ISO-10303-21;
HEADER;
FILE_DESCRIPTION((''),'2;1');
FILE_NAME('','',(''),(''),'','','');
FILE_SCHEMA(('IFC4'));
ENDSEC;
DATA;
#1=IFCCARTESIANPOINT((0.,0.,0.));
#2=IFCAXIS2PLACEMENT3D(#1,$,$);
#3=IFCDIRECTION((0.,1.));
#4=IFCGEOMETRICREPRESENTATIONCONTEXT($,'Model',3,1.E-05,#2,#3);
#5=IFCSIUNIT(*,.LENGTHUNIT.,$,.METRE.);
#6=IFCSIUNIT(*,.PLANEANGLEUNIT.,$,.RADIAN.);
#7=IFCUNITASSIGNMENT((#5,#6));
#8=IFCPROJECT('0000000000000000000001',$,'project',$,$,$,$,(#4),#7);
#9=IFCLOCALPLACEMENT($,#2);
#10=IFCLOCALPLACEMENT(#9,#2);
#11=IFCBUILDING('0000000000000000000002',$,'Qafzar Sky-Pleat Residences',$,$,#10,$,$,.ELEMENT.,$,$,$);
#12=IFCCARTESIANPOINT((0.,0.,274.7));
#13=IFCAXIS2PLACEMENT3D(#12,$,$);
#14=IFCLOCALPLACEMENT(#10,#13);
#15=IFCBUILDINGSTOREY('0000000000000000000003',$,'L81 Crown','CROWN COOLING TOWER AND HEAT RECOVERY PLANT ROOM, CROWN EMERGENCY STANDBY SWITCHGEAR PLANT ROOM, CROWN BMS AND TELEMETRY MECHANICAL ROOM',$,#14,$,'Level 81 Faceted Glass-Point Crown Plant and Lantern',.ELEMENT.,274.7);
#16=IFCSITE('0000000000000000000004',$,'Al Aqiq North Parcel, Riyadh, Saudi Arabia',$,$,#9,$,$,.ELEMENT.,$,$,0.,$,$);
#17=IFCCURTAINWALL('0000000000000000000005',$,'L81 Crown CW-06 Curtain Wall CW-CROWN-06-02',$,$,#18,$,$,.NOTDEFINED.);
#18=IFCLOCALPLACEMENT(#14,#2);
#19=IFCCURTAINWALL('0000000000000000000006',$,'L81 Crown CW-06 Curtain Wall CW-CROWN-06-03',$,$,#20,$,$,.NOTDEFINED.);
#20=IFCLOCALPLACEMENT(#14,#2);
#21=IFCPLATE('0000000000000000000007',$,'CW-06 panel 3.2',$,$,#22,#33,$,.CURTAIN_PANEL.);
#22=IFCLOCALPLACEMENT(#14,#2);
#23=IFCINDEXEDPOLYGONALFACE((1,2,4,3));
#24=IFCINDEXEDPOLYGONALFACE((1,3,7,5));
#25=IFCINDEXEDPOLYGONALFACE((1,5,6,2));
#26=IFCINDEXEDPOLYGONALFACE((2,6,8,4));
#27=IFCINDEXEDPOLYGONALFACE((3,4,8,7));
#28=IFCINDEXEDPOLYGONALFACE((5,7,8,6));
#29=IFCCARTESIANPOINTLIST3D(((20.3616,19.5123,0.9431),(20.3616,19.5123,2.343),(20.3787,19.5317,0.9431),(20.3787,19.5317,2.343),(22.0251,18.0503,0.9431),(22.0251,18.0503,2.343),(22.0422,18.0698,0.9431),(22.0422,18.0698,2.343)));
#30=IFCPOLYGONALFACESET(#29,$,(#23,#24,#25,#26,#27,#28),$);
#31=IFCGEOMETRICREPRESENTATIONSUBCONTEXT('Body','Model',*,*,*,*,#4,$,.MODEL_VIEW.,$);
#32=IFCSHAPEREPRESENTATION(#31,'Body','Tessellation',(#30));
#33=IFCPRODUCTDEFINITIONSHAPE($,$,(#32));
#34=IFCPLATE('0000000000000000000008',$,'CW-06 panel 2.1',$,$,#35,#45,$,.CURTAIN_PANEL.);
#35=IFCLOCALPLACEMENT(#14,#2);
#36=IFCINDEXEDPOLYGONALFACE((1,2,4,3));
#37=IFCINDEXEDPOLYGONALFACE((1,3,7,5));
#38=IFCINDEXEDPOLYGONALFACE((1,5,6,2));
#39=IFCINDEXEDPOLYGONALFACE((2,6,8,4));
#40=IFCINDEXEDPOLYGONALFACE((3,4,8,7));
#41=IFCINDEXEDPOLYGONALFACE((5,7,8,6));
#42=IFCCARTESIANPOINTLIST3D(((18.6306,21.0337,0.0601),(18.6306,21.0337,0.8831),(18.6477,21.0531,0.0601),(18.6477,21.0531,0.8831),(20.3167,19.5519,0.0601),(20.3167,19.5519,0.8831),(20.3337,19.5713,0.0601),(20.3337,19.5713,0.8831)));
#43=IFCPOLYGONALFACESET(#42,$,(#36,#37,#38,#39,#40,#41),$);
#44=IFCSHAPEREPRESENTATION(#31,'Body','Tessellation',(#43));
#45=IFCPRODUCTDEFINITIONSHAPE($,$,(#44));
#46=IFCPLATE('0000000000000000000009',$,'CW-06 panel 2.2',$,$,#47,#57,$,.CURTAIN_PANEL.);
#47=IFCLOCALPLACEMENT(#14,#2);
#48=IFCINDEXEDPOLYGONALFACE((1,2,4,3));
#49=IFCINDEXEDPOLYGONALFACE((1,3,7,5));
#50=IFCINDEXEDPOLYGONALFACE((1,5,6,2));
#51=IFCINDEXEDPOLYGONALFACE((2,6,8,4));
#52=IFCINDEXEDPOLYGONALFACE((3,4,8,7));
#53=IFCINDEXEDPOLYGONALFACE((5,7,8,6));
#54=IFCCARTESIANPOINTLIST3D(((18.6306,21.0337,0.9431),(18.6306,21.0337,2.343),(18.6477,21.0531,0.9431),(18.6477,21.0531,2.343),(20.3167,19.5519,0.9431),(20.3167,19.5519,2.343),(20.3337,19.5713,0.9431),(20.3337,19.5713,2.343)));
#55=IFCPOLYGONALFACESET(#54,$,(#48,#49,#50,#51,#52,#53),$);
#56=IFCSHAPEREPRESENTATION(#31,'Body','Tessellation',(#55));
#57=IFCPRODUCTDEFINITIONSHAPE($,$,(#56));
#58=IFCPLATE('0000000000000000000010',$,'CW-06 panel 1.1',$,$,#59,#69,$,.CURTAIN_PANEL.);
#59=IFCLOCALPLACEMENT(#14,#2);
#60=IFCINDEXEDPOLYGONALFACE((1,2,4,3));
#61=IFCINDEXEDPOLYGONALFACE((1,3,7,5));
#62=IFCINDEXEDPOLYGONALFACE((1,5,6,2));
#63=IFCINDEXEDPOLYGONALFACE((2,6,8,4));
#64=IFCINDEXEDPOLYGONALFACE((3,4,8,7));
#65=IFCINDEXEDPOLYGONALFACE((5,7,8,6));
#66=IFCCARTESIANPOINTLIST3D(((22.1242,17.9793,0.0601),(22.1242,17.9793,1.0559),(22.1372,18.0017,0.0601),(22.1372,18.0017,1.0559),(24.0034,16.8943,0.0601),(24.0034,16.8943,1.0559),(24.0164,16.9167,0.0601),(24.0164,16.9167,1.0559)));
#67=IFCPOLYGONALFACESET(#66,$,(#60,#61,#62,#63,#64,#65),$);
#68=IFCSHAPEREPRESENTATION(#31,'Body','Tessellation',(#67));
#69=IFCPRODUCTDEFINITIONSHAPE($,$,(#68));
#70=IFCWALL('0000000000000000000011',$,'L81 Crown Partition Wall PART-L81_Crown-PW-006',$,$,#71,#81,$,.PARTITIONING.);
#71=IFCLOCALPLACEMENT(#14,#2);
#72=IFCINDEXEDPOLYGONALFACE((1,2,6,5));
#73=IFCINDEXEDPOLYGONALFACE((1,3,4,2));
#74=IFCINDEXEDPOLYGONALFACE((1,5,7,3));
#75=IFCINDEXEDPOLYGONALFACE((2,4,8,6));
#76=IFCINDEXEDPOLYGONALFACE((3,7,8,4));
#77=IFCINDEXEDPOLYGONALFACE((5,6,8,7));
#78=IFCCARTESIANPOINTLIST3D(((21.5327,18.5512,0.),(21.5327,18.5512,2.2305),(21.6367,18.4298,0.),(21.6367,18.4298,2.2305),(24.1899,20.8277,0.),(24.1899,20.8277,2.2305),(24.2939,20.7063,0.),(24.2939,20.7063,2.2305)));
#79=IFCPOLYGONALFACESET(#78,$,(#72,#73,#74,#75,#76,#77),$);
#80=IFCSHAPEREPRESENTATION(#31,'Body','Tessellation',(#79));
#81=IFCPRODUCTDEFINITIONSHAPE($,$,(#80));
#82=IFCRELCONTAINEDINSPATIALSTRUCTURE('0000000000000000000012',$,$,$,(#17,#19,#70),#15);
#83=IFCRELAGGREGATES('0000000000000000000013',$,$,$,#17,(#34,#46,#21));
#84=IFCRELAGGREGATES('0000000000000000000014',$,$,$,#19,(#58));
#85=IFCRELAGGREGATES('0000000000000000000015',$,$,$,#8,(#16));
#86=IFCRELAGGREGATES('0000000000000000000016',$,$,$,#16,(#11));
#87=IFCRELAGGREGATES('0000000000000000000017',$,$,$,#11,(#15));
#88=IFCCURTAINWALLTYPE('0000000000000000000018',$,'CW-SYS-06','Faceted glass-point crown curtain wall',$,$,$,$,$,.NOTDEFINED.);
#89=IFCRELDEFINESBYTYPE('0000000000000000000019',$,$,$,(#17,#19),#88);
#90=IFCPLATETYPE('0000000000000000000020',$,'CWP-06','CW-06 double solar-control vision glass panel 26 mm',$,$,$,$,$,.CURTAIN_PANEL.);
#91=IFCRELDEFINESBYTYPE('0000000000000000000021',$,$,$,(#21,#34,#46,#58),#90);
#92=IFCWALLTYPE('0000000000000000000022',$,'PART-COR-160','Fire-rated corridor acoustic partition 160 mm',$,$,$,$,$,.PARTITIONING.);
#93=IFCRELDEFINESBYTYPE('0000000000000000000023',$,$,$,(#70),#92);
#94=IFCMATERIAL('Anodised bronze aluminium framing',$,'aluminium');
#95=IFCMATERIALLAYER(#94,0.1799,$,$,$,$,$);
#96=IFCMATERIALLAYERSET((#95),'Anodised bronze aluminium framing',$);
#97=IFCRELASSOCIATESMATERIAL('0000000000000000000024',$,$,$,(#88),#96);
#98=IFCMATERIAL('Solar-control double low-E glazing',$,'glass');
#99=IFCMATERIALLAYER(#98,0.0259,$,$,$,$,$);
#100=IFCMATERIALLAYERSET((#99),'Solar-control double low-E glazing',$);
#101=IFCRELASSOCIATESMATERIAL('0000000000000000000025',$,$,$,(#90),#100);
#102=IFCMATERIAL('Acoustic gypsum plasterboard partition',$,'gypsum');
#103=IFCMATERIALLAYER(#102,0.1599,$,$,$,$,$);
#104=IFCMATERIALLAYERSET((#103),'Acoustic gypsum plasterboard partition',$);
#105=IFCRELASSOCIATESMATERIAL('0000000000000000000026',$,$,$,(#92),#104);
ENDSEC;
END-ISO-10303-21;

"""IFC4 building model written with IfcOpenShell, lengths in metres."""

from ifc_helpers import new_model, si_unit, direction, frame, frame_2d, origin, origin_2d, place, context, subcontext, project, spatial, rectangle, extrude, source, transform, mapped, material, layer, layer_set, type_object, element, aggregate, save


model = new_model("IFC4")

# Units and contexts
model_context = context("Model", 3, precision=1e-05, world=origin(), true_north=direction((0.0, 1.0)))
body_context = subcontext(model_context, "Body", "Model", "MODEL_VIEW")
ifc_project = project(units=[si_unit("LENGTHUNIT", "METRE"), si_unit("PLANEANGLEUNIT", "RADIAN")], contexts=[model_context])

# Site, building, storey
site_placement = place(None, origin())
site = spatial("IfcSite", under=ifc_project, at=site_placement, Name="Al Aqiq North Parcel, Riyadh, Saudi Arabia", CompositionType="ELEMENT", RefElevation=0.0)
building_placement = place(site_placement, origin())
building = spatial("IfcBuilding", under=site, at=building_placement, Name="Qafzar Sky-Pleat Residences", CompositionType="ELEMENT")
storey_placement = place(building_placement, frame((0.0, 0.0, 274.7)))
storey = spatial("IfcBuildingStorey", under=building, at=storey_placement, Name="L81 Crown", Description="CROWN COOLING TOWER AND HEAT RECOVERY PLANT ROOM, CROWN EMERGENCY STANDBY SWITCHGEAR PLANT ROOM, CROWN BMS AND TELEMETRY MECHANICAL ROOM", LongName="Level 81 Faceted Glass-Point Crown Plant and Lantern", CompositionType="ELEMENT", Elevation=274.7)

# Curtain wall
ifc_material_1 = material(Name="Anodised bronze aluminium framing", Category="aluminium")
ifc_layer_1 = layer(ifc_material_1, 0.1799)
ifc_layer_set_1 = layer_set([ifc_layer_1], Name="Anodised bronze aluminium framing")
curtain_wall_type = type_object("IfcCurtainWallType", Name="CW-SYS-06", Description="Faceted glass-point crown curtain wall", PredefinedType="NOTDEFINED", material=ifc_layer_set_1)
curtain_wall_1_placement = place(storey_placement, origin())
curtain_wall_1 = element("IfcCurtainWall", 1, at=curtain_wall_1_placement, inside=storey, type_object=curtain_wall_type, Name="L81 Crown CW-06 Curtain Wall CW-CROWN-06-02", PredefinedType="NOTDEFINED")

# Curtain wall
curtain_wall_2_placement = place(storey_placement, origin())
curtain_wall_2 = element("IfcCurtainWall", 2, at=curtain_wall_2_placement, inside=storey, type_object=curtain_wall_type, Name="L81 Crown CW-06 Curtain Wall CW-CROWN-06-03", PredefinedType="NOTDEFINED")

# Plates
ifc_material_2 = material(Name="Solar-control double low-E glazing", Category="glass")
ifc_layer_2 = layer(ifc_material_2, 0.0259)
ifc_layer_set_2 = layer_set([ifc_layer_2], Name="Solar-control double low-E glazing")
plate_type = type_object("IfcPlateType", Name="CWP-06", Description="CW-06 double solar-control vision glass panel 26 mm", PredefinedType="CURTAIN_PANEL", material=ifc_layer_set_2)
shared_shape_1 = source(origin(), body_context, "Body", "SweptSolid", [
    extrude(rectangle(XDim=2.2146, YDim=0.0259, at=origin_2d()), origin(), (0.0, 0.0, 1.0), 1.3999),
])
plate_1_placement = place(storey_placement, frame((21.2019, 18.791, 0.9431), z_axis=(0.0, 0.0, 1.0), x_axis=(0.751145, -0.660137, 0.0)))
plate_1 = element("IfcPlate", 3, at=plate_1_placement, type_object=plate_type, Name="CW-06 panel 3.2", PredefinedType="CURTAIN_PANEL", context=body_context, shape_type="MappedRepresentation", body=[
    mapped(shared_shape_1, transform((0.0, 0.0, 0.0), x_axis=(1.0, 0.0, 0.0), y_axis=(0.0, 1.0, 0.0), z_axis=(0.0, 0.0, 1.0), scale=1.0)),
])
shared_shape_2 = source(origin(), body_context, "Body", "SweptSolid", [
    extrude(rectangle(XDim=2.2446, YDim=0.0259, at=origin_2d()), origin(), (0.0, 0.0, 1.0), 0.823),
])
plate_2_placement = place(storey_placement, frame((19.4822, 20.3025, 0.0601), z_axis=(0.0, 0.0, 1.0), x_axis=(0.751145, -0.660137, 0.0)))
plate_2 = element("IfcPlate", 4, at=plate_2_placement, type_object=plate_type, Name="CW-06 panel 2.1", PredefinedType="CURTAIN_PANEL", context=body_context, shape_type="MappedRepresentation", body=[
    mapped(shared_shape_2, transform((0.0, 0.0, 0.0), x_axis=(1.0, 0.0, 0.0), y_axis=(0.0, 1.0, 0.0), z_axis=(0.0, 0.0, 1.0), scale=1.0)),
])
shared_shape_3 = source(origin(), body_context, "Body", "SweptSolid", [
    extrude(rectangle(XDim=2.2446, YDim=0.0259, at=origin_2d()), origin(), (0.0, 0.0, 1.0), 1.3999),
])
plate_3_placement = place(storey_placement, frame((19.4822, 20.3025, 0.9431), z_axis=(0.0, 0.0, 1.0), x_axis=(0.751145, -0.660137, 0.0)))
plate_3 = element("IfcPlate", 5, at=plate_3_placement, type_object=plate_type, Name="CW-06 panel 2.2", PredefinedType="CURTAIN_PANEL", context=body_context, shape_type="MappedRepresentation", body=[
    mapped(shared_shape_3, transform((0.0, 0.0, 0.0), x_axis=(1.0, 0.0, 0.0), y_axis=(0.0, 1.0, 0.0), z_axis=(0.0, 0.0, 1.0), scale=1.0)),
])
aggregate(curtain_wall_1, [plate_2, plate_3, plate_1])
shared_shape_4 = source(origin(), body_context, "Body", "SweptSolid", [
    extrude(rectangle(XDim=2.1699, YDim=0.0259, at=origin_2d()), origin(), (0.0, 0.0, 1.0), 0.9958),
])
plate_4_placement = place(storey_placement, frame((23.0703, 17.448, 0.0601), z_axis=(0.0, 0.0, 1.0), x_axis=(0.866028, -0.499996, 0.0)))
plate_4 = element("IfcPlate", 6, at=plate_4_placement, type_object=plate_type, Name="CW-06 panel 1.1", PredefinedType="CURTAIN_PANEL", context=body_context, shape_type="MappedRepresentation", body=[
    mapped(shared_shape_4, transform((0.0, 0.0, 0.0), x_axis=(1.0, 0.0, 0.0), y_axis=(0.0, 1.0, 0.0), z_axis=(0.0, 0.0, 1.0), scale=1.0)),
])
aggregate(curtain_wall_2, [plate_4])

# Wall
ifc_material_3 = material(Name="Acoustic gypsum plasterboard partition", Category="gypsum")
ifc_layer_3 = layer(ifc_material_3, 0.1599)
ifc_layer_set_3 = layer_set([ifc_layer_3], Name="Acoustic gypsum plasterboard partition")
wall_type = type_object("IfcWallType", Name="PART-COR-160", Description="Fire-rated corridor acoustic partition 160 mm", PredefinedType="PARTITIONING", material=ifc_layer_set_3)
wall_placement = place(storey_placement, frame((21.5847, 18.4905, 0.0), z_axis=(0.0, 0.0, 1.0), x_axis=(0.759399, 0.650625, 0.0)))
element("IfcWall", 7, at=wall_placement, inside=storey, type_object=wall_type, Name="L81 Crown Partition Wall PART-L81_Crown-PW-006", PredefinedType="PARTITIONING", context=body_context, shape_type="SweptSolid", body=[
    extrude(rectangle(XDim=3.499, YDim=0.1599, at=frame_2d((1.7495, 0.0))), origin(), (0.0, 0.0, 1.0), 2.2305),
])

save(model, "model.ifc")
